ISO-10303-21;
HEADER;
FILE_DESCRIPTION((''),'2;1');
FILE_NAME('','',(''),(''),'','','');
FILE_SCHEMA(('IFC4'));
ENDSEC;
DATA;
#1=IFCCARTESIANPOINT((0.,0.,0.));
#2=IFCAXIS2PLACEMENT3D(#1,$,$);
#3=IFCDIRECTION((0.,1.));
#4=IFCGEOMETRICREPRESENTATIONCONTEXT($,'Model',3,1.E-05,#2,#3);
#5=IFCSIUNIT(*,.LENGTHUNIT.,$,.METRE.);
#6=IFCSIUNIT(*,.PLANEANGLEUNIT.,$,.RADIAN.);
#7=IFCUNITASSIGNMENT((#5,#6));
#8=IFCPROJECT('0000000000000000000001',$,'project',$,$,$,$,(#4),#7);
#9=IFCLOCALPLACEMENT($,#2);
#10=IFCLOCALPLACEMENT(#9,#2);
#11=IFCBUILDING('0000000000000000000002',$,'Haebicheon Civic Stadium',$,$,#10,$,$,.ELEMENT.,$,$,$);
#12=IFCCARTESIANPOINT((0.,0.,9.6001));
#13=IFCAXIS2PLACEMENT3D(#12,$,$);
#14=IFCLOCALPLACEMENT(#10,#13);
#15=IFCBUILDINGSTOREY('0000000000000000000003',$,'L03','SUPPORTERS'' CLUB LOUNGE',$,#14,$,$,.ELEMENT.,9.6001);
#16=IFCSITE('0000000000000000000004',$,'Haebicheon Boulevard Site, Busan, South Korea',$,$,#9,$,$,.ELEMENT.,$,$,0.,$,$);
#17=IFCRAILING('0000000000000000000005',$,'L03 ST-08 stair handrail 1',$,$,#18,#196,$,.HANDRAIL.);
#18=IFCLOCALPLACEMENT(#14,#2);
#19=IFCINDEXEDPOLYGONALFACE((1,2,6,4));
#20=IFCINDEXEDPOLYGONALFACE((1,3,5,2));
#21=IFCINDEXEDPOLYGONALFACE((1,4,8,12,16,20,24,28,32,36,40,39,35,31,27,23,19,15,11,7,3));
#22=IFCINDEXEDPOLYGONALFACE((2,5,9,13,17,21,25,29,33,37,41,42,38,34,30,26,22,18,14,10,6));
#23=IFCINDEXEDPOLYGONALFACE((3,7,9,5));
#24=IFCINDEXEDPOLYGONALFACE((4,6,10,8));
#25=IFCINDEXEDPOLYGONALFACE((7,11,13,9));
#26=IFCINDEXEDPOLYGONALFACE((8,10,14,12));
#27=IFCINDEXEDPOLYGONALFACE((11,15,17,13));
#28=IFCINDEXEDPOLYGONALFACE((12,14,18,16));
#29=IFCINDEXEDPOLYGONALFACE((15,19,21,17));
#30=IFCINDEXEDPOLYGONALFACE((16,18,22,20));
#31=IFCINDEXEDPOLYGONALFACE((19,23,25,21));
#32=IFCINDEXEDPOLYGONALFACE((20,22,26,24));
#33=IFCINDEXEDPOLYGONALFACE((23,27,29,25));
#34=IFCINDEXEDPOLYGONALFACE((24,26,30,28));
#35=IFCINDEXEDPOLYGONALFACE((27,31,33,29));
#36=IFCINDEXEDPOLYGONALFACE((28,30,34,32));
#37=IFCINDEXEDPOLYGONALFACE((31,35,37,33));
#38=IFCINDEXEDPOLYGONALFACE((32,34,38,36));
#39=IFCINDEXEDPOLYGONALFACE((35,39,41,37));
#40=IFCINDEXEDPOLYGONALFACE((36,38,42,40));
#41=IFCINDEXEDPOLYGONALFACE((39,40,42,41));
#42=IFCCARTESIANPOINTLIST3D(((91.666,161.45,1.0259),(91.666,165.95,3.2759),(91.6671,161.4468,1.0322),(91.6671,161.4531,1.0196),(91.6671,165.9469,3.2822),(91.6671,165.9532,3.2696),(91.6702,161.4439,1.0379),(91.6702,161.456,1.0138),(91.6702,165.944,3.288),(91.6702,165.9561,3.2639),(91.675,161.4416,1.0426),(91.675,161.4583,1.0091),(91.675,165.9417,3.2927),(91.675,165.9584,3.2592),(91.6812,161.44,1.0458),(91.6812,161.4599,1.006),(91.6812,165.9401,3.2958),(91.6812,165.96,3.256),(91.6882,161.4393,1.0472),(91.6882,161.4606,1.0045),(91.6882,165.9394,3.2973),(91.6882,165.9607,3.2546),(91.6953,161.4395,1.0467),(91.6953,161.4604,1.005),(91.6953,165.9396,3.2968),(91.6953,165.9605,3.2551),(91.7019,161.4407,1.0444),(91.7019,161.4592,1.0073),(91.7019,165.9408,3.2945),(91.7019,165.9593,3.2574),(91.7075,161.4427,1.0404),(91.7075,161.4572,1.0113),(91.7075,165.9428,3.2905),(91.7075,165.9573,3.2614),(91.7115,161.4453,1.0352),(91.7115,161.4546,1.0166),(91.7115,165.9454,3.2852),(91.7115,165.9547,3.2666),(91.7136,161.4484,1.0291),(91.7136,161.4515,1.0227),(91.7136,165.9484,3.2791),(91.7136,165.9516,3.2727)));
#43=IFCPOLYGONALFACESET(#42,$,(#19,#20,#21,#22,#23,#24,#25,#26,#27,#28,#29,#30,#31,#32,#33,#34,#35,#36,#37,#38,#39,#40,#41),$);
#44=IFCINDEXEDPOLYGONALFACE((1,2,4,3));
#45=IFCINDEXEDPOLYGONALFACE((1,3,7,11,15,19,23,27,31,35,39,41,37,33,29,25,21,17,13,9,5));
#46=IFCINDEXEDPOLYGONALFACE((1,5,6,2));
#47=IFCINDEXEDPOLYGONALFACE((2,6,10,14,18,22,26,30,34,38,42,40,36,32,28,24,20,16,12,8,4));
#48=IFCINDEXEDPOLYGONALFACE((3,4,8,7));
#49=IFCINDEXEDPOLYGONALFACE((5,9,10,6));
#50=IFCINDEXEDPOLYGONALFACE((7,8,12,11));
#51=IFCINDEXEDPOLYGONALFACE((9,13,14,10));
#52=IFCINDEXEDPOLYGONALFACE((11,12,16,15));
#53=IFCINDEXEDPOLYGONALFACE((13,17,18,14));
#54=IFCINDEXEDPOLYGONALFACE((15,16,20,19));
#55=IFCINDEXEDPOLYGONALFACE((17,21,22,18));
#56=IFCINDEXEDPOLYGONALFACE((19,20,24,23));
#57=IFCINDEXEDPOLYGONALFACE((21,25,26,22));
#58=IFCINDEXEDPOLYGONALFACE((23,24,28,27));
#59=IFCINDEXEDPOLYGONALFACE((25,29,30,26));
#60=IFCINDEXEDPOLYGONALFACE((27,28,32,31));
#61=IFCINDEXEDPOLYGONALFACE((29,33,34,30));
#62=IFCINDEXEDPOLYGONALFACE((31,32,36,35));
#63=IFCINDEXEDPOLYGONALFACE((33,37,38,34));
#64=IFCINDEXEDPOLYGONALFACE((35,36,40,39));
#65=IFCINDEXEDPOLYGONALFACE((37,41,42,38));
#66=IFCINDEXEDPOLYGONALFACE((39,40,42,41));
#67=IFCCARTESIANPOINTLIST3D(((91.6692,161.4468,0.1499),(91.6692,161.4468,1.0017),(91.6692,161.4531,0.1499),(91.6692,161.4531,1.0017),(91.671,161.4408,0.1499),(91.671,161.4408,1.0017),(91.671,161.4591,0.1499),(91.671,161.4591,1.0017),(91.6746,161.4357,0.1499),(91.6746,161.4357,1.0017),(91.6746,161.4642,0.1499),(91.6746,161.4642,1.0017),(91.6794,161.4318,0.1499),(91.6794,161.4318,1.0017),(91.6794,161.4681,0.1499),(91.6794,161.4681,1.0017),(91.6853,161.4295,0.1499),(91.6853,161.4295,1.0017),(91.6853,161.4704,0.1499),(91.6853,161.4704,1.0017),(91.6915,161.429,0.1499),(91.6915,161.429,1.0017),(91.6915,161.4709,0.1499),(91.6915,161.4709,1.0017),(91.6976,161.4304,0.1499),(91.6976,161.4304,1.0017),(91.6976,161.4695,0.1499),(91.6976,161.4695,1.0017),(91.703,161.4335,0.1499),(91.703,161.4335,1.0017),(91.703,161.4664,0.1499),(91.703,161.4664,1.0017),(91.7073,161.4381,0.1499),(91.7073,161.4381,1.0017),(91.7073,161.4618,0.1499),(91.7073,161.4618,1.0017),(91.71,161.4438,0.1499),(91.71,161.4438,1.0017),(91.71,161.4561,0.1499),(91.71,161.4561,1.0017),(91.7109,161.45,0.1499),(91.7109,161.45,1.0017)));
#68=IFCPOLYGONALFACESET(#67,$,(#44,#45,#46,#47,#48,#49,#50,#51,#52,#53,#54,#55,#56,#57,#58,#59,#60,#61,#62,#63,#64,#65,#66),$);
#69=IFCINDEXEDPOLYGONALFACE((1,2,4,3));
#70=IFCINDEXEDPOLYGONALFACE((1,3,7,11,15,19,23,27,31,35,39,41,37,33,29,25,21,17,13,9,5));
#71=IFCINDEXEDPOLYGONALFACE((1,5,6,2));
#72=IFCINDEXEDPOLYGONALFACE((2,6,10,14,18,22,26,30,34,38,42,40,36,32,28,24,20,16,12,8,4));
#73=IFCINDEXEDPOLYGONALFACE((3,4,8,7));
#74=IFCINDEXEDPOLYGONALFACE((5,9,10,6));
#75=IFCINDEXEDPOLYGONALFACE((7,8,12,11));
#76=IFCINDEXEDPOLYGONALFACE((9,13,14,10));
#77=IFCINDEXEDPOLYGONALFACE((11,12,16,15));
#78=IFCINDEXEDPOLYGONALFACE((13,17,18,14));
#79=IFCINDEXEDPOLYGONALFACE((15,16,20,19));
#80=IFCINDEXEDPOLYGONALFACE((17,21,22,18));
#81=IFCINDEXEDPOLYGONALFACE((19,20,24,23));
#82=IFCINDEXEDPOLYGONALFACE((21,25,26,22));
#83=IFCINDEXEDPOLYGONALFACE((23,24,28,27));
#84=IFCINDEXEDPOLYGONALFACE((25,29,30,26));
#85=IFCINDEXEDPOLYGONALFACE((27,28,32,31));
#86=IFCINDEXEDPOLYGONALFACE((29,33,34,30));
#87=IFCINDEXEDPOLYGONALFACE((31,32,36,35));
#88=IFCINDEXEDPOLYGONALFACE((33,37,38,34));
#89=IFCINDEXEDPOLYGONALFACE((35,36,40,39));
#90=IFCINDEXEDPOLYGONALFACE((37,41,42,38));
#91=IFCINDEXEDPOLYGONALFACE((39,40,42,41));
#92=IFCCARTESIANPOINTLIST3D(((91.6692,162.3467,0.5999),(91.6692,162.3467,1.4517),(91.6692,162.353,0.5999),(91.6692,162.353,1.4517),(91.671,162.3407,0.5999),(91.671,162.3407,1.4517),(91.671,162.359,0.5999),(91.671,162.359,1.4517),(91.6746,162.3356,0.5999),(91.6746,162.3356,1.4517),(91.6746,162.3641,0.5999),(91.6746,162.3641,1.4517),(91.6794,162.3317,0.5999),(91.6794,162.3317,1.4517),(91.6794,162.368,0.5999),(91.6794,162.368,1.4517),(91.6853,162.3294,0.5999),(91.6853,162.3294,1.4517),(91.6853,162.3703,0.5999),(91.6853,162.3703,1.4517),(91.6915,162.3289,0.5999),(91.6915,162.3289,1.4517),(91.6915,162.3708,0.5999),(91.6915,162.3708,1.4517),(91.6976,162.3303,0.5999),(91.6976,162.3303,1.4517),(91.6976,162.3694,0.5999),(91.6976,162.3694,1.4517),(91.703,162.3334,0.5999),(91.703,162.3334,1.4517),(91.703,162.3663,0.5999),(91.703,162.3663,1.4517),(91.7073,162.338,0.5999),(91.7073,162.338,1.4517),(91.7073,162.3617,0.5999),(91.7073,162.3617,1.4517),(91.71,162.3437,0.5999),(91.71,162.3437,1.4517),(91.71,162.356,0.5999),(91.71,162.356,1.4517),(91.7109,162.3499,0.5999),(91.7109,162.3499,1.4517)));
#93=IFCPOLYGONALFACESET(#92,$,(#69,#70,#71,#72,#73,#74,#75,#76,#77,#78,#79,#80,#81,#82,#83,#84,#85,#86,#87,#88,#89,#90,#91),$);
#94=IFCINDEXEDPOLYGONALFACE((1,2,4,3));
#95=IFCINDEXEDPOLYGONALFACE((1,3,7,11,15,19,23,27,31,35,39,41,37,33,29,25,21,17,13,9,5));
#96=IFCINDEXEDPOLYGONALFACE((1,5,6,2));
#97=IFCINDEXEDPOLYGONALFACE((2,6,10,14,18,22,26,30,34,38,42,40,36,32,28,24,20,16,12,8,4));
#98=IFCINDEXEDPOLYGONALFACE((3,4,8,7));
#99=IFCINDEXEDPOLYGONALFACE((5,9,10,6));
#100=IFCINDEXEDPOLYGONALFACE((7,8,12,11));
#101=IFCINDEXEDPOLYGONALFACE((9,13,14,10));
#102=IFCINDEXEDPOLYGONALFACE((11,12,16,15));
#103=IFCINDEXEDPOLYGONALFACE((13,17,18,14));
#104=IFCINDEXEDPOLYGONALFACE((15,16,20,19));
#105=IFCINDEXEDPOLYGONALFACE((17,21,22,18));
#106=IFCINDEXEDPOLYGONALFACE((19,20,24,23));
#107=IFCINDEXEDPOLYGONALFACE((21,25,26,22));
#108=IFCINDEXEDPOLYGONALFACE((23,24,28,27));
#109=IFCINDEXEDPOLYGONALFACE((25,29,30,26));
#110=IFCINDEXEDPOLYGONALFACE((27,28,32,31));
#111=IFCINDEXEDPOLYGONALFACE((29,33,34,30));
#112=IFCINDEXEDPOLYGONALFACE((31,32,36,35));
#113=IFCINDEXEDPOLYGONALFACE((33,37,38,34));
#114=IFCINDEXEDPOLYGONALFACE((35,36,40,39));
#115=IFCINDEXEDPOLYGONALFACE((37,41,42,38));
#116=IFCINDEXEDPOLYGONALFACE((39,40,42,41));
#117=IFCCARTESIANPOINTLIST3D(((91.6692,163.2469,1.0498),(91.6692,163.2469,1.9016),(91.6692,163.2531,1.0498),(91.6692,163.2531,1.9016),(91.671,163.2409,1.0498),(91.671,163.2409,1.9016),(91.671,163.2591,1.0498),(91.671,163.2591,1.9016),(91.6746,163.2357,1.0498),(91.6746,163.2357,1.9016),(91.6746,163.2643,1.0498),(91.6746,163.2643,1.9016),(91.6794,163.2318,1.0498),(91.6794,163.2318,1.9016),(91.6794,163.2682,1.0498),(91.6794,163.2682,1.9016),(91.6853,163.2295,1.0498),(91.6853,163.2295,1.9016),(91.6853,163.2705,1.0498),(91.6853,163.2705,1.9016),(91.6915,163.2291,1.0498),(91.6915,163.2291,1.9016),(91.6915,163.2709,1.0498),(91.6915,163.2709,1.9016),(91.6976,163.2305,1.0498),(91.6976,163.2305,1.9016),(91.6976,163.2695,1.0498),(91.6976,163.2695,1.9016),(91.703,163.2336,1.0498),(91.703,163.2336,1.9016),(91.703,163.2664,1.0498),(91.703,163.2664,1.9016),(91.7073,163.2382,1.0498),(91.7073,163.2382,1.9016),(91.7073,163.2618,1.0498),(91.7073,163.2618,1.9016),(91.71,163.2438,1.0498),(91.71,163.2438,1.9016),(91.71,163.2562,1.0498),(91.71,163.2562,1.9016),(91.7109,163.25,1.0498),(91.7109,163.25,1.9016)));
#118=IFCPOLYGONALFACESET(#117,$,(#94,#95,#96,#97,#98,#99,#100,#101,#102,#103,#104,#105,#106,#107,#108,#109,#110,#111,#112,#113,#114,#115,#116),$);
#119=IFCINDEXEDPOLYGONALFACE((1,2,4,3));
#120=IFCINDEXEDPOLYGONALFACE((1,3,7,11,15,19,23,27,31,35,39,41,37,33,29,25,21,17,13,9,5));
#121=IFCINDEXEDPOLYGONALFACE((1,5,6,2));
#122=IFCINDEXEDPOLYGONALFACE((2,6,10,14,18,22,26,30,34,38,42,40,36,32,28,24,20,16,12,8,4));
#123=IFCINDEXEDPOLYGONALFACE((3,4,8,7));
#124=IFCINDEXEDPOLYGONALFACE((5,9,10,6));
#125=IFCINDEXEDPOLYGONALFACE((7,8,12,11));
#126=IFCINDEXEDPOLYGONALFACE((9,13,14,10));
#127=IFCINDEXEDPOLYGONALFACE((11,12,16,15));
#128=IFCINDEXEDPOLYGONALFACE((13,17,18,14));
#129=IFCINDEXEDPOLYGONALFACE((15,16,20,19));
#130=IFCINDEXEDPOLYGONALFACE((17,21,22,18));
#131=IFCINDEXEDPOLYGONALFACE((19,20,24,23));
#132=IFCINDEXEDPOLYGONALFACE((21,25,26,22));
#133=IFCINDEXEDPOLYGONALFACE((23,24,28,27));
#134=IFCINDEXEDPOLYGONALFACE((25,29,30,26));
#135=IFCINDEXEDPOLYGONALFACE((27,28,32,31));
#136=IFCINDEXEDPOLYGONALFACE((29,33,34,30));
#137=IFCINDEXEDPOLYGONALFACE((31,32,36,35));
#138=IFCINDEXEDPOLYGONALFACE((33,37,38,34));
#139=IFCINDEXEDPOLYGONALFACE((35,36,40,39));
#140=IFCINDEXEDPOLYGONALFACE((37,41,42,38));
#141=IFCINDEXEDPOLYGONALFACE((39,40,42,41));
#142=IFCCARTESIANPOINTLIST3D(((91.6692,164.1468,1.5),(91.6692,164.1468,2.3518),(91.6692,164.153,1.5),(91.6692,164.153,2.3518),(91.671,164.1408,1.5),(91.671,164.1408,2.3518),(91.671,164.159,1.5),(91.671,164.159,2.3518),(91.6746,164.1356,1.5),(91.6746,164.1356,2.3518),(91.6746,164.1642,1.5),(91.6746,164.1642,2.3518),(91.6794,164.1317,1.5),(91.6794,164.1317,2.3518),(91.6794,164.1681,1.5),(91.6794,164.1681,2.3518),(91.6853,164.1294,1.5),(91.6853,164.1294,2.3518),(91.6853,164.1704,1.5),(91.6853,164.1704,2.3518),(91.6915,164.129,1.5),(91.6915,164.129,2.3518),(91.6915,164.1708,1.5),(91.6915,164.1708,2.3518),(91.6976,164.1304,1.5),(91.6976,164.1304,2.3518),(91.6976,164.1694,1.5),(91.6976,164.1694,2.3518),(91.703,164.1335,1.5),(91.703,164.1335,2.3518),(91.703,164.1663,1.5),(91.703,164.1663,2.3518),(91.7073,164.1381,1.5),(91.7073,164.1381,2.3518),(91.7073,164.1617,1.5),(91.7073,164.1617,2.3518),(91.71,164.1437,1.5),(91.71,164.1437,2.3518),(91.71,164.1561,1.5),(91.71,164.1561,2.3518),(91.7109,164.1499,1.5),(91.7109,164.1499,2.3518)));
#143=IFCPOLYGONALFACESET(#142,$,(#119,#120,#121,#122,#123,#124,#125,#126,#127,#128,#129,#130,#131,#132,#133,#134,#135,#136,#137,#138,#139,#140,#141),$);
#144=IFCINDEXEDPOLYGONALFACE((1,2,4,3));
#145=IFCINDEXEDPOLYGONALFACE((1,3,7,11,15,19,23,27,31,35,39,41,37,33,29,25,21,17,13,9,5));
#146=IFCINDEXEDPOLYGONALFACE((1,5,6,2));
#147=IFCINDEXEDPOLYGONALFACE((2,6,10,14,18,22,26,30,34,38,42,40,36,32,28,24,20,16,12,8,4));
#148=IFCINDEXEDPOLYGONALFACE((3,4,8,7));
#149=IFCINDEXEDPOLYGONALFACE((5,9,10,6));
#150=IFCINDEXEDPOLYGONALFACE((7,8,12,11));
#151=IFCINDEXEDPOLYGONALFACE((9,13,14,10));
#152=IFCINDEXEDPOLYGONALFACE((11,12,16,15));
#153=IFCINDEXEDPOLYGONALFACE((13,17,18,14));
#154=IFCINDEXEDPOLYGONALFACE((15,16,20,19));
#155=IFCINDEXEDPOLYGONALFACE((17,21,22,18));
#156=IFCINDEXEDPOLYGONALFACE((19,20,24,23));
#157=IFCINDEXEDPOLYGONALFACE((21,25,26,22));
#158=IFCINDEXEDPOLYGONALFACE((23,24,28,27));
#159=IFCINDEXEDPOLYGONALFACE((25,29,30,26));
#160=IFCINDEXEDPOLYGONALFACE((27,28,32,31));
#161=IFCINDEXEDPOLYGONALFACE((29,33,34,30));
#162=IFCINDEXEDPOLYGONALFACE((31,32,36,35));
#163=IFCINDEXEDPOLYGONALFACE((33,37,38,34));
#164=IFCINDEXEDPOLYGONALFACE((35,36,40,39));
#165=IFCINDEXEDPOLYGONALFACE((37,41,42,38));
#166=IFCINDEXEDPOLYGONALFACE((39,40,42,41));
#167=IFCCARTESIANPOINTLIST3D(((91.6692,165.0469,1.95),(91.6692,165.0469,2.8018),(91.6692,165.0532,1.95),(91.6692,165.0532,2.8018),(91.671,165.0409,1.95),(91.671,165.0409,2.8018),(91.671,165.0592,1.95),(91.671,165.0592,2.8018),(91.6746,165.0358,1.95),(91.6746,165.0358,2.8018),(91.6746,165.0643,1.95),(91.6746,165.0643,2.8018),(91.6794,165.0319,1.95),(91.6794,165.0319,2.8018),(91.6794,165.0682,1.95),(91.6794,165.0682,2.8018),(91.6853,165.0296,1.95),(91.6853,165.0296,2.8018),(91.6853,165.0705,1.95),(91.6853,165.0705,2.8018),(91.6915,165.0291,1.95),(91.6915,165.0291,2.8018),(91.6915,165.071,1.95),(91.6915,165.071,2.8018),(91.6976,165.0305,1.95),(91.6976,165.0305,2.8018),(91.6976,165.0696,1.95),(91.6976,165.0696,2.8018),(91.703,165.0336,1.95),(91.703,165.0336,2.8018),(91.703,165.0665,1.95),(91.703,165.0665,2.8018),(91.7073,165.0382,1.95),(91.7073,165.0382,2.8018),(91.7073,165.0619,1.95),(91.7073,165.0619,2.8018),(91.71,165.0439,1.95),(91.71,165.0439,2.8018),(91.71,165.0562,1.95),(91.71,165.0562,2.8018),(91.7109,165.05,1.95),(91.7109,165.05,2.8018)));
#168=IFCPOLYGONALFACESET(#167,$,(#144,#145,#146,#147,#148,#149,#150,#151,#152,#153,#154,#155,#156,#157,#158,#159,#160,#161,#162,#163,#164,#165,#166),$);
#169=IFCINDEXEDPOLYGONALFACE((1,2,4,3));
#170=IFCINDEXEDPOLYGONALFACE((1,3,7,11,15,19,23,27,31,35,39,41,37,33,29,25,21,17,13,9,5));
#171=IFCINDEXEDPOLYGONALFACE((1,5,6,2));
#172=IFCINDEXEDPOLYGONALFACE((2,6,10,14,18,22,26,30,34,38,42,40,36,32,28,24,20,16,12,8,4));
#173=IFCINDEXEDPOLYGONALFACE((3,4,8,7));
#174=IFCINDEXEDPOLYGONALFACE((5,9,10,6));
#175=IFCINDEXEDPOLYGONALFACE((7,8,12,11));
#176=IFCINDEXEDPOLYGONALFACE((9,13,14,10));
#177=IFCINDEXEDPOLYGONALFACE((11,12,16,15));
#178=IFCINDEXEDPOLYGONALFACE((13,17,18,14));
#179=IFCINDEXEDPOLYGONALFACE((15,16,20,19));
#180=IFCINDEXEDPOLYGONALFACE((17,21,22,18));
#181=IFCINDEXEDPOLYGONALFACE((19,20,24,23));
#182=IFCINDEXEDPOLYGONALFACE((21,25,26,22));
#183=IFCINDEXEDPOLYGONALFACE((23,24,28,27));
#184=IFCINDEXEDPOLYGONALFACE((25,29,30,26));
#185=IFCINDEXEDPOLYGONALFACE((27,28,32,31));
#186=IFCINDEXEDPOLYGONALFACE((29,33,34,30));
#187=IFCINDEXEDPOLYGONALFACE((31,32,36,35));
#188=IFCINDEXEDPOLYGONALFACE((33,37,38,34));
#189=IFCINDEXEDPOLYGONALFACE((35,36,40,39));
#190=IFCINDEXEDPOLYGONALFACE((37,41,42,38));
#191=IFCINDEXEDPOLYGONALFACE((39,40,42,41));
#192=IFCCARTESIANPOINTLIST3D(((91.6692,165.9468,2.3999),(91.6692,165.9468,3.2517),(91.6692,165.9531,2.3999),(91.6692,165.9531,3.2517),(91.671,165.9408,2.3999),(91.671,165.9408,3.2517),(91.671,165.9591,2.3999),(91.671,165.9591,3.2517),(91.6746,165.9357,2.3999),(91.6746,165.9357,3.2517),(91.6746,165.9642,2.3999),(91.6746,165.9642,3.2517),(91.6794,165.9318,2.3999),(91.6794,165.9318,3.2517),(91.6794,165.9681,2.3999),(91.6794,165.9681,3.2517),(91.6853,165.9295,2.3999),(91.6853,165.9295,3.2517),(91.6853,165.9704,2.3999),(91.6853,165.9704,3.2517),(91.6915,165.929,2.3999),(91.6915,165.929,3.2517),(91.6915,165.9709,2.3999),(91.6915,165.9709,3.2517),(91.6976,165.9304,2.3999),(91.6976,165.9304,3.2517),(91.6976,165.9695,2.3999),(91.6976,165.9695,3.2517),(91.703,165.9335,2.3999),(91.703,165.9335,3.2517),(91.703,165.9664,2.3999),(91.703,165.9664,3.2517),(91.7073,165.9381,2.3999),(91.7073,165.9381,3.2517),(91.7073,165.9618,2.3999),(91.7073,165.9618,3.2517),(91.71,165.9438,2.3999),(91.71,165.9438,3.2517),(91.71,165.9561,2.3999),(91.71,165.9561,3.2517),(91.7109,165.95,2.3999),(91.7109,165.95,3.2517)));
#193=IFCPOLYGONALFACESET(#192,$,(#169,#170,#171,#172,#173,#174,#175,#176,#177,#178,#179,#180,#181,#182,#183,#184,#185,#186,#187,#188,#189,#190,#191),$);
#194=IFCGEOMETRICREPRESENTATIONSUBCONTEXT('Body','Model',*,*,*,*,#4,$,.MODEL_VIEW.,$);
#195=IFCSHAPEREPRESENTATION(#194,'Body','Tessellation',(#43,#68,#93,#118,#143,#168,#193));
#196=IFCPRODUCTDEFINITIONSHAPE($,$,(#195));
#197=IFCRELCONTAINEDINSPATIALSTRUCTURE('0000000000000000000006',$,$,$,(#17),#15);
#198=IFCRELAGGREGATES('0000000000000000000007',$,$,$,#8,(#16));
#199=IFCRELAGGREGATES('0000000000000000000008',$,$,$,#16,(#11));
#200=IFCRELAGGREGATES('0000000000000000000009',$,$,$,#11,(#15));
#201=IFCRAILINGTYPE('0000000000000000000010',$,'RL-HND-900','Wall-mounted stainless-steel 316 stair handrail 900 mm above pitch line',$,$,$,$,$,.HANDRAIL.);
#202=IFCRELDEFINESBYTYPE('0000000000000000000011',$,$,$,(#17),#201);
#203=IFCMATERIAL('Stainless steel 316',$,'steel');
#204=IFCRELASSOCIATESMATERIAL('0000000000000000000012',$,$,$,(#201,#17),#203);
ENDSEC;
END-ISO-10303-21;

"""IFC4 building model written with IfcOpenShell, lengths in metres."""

from ifc_helpers import new_model, si_unit, direction, frame, origin, origin_2d, place, context, subcontext, project, spatial, circle, extrude, material, type_object, element, save


model = new_model("IFC4")

# Units and contexts
model_context = context("Model", 3, precision=1e-05, world=origin(), true_north=direction((0.0, 1.0)))
body_context = subcontext(model_context, "Body", "Model", "MODEL_VIEW")
ifc_project = project(units=[si_unit("LENGTHUNIT", "METRE"), si_unit("PLANEANGLEUNIT", "RADIAN")], contexts=[model_context])

# Site, building, storey
site_placement = place(None, origin())
site = spatial("IfcSite", under=ifc_project, at=site_placement, Name="Haebicheon Boulevard Site, Busan, South Korea", CompositionType="ELEMENT", RefElevation=0.0)
building_placement = place(site_placement, origin())
building = spatial("IfcBuilding", under=site, at=building_placement, Name="Haebicheon Civic Stadium", CompositionType="ELEMENT")
storey_placement = place(building_placement, frame((0.0, 0.0, 9.6001)))
storey = spatial("IfcBuildingStorey", under=building, at=storey_placement, Name="L03", Description="SUPPORTERS' CLUB LOUNGE", CompositionType="ELEMENT", Elevation=9.6001)

# Railing
ifc_material_1 = material(Name="Stainless steel 316", Category="steel")
railing_type_1 = type_object("IfcRailingType", Name="RL-HND-900", Description="Wall-mounted stainless-steel 316 stair handrail 900 mm above pitch line", PredefinedType="HANDRAIL", material=ifc_material_1)
railing_1_placement = place(storey_placement, frame((91.6899, 161.45, 0.1499)))
element("IfcRailing", 1, at=railing_1_placement, inside=storey, type_object=railing_type_1, material=ifc_material_1, Name="L03 ST-08 stair handrail 1", PredefinedType="HANDRAIL", context=body_context, shape_type="SweptSolid", body=[
    extrude(circle(Radius=0.0239, at=origin_2d()), frame((0.0, 0.0, 0.876), z_axis=(0.0, 0.894427, 0.447214), x_axis=(-1.0, 0.0, 0.0)), (0.0, 0.0, 1.0), 5.0312),
    extrude(circle(Radius=0.021, at=origin_2d()), origin(), (0.0, 0.0, 1.0), 0.8518),
    extrude(circle(Radius=0.021, at=origin_2d()), frame((0.0, 0.8999, 0.45)), (0.0, 0.0, 1.0), 0.8518),
    extrude(circle(Radius=0.021, at=origin_2d()), frame((0.0, 1.8, 0.8999)), (0.0, 0.0, 1.0), 0.8518),
    extrude(circle(Radius=0.021, at=origin_2d()), frame((0.0, 2.7, 1.3501)), (0.0, 0.0, 1.0), 0.8518),
    extrude(circle(Radius=0.021, at=origin_2d()), frame((0.0, 3.6001, 1.8)), (0.0, 0.0, 1.0), 0.8518),
    extrude(circle(Radius=0.021, at=origin_2d()), frame((0.0, 4.5, 2.25)), (0.0, 0.0, 1.0), 0.8518),
])

save(model, "model.ifc")
